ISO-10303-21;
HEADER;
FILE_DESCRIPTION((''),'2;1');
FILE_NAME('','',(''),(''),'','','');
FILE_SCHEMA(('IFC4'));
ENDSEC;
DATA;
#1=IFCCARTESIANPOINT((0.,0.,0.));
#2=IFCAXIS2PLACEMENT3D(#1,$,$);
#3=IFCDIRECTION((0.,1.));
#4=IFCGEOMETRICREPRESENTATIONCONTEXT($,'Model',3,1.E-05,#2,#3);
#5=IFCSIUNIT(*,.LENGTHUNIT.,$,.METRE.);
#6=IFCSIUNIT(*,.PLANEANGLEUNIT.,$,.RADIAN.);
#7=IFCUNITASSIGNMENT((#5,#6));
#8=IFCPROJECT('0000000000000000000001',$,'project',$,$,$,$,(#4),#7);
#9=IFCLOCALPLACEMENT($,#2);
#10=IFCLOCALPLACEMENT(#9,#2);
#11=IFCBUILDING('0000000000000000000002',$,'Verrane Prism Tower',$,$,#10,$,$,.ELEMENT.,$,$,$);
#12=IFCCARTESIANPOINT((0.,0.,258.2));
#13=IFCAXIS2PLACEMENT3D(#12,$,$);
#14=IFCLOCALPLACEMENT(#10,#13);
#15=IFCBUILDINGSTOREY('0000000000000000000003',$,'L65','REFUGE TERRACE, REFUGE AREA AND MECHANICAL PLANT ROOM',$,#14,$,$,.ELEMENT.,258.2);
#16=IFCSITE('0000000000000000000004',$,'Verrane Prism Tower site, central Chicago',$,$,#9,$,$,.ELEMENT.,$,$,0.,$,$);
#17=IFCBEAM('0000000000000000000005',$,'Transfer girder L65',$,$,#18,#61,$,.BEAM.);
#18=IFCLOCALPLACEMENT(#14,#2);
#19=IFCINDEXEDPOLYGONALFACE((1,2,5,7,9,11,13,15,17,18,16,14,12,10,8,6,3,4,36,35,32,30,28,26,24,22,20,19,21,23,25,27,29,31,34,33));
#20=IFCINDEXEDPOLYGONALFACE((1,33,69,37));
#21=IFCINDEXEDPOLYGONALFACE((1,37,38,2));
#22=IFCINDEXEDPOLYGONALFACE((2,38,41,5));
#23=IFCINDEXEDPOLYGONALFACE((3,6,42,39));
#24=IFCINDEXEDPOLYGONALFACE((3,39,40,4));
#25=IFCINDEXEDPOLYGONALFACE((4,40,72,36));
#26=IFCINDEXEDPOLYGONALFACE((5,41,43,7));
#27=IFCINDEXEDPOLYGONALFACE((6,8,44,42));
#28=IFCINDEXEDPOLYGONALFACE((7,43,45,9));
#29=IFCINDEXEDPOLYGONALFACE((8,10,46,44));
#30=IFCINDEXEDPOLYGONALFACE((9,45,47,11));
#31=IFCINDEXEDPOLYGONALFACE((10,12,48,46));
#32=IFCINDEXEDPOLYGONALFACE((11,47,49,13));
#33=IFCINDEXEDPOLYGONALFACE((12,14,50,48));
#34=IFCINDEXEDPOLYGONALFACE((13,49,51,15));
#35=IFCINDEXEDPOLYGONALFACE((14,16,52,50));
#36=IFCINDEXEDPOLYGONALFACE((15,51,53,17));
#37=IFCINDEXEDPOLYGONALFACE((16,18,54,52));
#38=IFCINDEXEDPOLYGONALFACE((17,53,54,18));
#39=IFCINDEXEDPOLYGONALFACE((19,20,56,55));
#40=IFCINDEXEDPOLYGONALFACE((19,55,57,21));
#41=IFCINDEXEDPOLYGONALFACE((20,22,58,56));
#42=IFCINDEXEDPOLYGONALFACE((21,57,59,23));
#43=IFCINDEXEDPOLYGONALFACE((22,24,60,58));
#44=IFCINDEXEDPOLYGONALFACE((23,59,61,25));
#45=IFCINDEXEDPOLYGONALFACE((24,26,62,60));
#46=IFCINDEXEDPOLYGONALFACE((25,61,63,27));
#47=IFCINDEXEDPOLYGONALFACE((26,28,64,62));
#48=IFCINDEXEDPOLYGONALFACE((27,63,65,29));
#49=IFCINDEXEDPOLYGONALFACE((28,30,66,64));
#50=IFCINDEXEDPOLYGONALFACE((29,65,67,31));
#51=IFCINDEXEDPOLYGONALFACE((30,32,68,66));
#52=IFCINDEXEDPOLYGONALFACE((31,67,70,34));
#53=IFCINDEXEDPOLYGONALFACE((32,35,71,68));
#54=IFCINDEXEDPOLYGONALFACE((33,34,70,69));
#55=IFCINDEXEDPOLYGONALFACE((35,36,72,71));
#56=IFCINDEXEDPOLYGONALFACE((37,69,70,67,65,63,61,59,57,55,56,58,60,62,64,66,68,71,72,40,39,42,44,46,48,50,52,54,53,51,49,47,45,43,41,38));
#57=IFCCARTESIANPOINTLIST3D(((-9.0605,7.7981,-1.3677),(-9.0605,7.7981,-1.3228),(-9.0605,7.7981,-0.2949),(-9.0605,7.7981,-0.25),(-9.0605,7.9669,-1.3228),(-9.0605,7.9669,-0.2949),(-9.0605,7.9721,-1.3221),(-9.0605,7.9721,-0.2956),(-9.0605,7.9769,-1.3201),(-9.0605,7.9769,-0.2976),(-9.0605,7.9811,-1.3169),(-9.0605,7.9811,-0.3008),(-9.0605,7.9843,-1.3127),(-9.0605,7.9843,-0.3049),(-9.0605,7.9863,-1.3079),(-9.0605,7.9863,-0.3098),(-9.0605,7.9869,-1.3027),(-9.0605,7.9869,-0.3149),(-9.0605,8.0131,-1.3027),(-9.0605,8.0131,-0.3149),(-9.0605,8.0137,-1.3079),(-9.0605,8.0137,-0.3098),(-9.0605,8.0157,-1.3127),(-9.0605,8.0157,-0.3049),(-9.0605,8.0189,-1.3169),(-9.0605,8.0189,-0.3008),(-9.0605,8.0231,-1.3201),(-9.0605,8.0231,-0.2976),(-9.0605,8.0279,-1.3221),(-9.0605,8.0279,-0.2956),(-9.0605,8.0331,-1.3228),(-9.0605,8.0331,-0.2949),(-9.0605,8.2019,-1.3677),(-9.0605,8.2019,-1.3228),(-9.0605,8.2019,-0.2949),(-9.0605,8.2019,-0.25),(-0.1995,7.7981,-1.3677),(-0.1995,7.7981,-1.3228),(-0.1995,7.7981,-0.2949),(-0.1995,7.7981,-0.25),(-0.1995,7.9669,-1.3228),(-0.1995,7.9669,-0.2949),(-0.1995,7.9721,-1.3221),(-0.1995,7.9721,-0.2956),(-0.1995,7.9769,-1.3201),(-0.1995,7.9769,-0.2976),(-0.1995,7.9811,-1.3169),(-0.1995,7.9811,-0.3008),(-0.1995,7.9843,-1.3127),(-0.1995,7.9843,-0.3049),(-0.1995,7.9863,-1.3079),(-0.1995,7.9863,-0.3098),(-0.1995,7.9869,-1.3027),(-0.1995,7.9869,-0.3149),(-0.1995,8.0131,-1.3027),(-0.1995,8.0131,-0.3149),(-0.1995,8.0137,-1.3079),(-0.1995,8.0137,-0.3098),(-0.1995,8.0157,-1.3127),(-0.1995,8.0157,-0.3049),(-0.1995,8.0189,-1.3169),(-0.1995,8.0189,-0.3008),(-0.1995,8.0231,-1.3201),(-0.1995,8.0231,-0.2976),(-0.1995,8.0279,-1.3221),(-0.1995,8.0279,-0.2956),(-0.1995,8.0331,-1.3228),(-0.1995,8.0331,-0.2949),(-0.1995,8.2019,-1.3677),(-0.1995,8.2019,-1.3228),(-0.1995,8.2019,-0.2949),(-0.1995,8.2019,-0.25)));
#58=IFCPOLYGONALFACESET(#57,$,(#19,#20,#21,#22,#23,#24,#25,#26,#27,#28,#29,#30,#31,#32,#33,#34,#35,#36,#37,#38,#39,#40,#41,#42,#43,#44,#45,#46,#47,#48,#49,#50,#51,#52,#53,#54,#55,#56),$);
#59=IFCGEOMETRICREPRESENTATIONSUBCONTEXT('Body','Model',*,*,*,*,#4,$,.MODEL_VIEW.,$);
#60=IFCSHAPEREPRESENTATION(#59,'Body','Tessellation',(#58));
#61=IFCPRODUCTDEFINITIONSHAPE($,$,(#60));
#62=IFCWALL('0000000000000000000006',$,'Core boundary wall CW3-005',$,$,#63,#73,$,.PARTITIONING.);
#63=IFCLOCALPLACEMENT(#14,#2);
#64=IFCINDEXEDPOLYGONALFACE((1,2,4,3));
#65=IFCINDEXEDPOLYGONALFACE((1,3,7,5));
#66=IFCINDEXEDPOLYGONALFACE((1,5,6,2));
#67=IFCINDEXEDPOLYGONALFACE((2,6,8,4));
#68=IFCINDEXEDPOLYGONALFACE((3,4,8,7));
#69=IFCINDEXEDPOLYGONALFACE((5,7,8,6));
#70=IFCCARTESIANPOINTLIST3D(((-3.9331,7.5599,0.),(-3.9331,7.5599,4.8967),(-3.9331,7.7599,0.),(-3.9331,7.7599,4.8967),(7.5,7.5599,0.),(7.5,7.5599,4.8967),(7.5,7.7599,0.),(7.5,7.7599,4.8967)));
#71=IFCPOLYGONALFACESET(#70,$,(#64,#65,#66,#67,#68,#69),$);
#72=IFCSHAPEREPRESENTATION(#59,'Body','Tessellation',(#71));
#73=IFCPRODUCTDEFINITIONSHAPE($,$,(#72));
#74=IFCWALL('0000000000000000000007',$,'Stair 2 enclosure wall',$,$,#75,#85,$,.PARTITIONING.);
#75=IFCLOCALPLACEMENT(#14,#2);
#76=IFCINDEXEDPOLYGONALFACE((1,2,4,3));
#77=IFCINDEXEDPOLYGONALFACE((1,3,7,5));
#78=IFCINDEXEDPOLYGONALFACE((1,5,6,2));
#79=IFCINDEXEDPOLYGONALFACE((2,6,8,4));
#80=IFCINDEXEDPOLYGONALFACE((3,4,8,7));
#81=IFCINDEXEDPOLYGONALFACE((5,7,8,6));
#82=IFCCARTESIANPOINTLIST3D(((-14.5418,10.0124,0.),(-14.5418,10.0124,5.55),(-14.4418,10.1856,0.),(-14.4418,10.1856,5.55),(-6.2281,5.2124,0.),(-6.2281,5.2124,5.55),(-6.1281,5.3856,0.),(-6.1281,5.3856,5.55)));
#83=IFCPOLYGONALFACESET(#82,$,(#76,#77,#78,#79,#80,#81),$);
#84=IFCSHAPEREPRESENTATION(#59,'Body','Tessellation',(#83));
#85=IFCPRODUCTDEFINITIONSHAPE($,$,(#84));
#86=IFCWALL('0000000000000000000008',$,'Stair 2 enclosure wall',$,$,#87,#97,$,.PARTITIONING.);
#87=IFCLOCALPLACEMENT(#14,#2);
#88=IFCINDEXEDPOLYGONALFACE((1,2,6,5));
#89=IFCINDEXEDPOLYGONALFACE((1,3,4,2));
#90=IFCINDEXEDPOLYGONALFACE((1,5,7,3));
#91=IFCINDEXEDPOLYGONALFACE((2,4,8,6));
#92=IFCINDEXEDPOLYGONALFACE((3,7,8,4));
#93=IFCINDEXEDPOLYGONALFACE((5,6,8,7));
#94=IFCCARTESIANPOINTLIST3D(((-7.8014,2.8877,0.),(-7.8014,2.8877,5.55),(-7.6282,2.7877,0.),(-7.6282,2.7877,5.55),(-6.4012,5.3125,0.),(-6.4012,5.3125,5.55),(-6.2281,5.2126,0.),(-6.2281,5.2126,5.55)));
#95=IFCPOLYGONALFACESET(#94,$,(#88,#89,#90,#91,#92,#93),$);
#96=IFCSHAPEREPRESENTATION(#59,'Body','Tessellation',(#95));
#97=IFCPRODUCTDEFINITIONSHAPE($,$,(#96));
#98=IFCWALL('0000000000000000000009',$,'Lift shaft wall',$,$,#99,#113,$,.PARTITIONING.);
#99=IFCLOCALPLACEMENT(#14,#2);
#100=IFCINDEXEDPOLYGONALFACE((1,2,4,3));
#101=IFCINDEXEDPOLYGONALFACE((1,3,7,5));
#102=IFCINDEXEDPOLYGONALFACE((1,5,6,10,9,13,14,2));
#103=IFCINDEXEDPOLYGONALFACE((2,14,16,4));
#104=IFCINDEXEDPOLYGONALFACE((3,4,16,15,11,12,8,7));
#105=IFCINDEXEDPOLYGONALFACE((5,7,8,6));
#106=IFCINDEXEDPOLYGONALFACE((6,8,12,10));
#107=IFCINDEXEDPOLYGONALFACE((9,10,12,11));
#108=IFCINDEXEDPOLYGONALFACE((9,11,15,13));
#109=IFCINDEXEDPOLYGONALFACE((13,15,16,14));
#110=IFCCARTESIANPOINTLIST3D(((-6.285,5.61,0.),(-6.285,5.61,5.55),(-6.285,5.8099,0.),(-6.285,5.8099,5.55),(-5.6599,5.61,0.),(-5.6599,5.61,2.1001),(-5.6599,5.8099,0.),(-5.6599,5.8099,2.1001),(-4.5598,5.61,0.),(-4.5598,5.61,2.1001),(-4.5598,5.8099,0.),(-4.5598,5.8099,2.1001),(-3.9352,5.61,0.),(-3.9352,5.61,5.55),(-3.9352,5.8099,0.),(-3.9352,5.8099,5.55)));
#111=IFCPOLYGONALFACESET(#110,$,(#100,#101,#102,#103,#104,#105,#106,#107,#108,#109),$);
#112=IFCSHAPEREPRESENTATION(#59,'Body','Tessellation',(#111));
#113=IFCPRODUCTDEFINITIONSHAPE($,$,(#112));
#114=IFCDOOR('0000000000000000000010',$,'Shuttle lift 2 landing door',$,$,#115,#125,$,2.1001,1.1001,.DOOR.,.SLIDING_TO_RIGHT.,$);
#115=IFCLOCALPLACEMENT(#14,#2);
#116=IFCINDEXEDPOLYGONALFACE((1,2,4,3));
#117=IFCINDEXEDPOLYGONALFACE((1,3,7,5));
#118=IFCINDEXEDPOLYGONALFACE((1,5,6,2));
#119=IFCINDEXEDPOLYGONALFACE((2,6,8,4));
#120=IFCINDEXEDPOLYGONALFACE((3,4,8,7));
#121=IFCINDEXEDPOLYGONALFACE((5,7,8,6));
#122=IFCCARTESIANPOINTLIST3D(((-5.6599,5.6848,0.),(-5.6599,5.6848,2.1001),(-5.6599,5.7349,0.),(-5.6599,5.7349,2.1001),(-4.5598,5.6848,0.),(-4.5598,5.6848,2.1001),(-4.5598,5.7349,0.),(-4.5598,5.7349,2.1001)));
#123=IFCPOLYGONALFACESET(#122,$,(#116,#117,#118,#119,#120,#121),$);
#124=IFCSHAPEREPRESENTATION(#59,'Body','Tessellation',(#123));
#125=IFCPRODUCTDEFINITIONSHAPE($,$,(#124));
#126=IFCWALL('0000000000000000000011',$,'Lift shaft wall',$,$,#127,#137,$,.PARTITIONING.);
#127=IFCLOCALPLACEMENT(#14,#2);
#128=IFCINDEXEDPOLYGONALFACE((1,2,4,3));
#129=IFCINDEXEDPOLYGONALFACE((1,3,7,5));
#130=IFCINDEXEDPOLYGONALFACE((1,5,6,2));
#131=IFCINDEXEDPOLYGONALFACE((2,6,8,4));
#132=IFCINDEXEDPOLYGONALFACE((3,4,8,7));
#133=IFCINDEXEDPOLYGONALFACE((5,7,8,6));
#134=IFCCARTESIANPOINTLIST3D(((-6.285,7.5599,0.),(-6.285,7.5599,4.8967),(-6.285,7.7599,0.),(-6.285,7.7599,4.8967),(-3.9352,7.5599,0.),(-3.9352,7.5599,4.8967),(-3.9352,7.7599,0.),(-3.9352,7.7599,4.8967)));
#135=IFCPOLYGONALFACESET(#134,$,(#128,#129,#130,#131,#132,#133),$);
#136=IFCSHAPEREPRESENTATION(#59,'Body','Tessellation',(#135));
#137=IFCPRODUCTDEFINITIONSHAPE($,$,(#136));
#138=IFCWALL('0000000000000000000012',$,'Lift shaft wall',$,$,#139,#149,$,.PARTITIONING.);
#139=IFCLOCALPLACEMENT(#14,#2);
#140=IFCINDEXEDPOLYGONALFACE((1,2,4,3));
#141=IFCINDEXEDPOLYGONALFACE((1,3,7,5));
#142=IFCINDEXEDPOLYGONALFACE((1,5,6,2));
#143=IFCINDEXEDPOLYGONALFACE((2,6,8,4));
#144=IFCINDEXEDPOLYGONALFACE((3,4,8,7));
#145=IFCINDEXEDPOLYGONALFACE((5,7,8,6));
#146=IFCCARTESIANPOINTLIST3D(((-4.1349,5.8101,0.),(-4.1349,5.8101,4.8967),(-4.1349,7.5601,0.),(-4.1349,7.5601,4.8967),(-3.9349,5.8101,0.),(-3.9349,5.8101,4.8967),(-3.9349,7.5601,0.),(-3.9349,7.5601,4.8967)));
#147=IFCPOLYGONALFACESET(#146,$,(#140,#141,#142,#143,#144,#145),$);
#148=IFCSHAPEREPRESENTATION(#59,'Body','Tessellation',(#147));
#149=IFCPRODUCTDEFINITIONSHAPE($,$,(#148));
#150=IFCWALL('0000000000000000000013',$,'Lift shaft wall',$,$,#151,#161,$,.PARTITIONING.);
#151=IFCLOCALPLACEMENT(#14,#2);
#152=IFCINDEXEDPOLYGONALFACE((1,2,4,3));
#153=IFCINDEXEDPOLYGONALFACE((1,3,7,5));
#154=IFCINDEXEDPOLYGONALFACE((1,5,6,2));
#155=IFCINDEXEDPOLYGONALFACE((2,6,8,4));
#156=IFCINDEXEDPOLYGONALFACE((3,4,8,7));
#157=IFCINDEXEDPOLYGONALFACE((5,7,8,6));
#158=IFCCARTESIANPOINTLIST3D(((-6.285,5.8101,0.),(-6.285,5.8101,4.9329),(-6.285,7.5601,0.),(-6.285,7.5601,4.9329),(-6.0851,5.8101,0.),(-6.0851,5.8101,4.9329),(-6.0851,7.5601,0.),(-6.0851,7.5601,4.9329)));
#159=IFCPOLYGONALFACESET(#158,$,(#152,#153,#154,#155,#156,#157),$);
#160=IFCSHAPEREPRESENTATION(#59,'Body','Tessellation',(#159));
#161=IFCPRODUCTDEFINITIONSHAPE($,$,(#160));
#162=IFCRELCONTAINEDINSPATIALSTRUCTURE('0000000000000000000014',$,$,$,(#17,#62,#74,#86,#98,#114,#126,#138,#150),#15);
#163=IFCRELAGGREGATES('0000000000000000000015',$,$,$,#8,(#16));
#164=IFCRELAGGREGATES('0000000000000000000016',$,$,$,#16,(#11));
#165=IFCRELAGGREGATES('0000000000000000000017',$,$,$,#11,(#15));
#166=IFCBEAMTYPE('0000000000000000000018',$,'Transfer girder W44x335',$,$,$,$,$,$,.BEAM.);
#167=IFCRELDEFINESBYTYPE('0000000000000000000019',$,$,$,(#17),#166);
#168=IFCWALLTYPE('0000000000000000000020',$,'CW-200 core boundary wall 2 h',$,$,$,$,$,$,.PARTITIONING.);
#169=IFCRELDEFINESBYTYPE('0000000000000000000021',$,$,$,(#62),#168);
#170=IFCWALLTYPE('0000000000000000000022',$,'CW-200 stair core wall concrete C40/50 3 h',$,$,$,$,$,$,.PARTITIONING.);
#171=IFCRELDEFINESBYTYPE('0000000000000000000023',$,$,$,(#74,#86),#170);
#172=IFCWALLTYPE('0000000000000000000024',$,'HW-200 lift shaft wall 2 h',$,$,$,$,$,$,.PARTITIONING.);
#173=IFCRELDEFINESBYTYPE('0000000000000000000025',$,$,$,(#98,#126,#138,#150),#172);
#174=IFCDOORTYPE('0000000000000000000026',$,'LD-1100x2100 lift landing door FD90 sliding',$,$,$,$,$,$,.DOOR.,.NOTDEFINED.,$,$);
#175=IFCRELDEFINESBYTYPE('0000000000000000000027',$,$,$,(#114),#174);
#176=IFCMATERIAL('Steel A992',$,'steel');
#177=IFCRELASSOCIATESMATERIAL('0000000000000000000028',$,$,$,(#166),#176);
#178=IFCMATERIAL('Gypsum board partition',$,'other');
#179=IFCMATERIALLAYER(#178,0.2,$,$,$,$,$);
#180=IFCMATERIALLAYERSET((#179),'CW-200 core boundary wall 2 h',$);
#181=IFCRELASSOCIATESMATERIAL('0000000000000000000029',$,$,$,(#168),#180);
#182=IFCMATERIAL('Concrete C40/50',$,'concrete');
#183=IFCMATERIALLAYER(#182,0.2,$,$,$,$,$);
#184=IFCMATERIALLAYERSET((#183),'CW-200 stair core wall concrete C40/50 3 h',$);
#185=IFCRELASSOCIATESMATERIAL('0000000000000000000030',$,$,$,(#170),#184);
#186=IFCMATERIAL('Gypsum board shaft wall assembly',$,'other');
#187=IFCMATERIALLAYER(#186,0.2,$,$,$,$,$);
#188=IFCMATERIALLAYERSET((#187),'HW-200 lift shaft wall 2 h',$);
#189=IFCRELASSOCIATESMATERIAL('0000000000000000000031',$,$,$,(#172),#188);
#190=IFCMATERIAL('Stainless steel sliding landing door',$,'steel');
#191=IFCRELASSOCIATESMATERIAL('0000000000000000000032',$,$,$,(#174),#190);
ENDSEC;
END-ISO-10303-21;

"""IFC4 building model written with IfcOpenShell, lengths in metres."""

from ifc_helpers import new_model, si_unit, direction, frame, frame_2d, origin, origin_2d, place, context, subcontext, project, spatial, rectangle, i_section, extrude, material, layer, layer_set, material_profile, profile_set, type_object, element, fill, save


model = new_model("IFC4")

# Units and contexts
model_context = context("Model", 3, precision=1e-05, world=origin(), true_north=direction((0.0, 1.0)))
body_context = subcontext(model_context, "Body", "Model", "MODEL_VIEW")
ifc_project = project(units=[si_unit("LENGTHUNIT", "METRE"), si_unit("PLANEANGLEUNIT", "RADIAN")], contexts=[model_context])

# Site, building, storey
site_placement = place(None, origin())
site = spatial("IfcSite", under=ifc_project, at=site_placement, Name="Verrane Prism Tower site, central Chicago", CompositionType="ELEMENT", RefElevation=0.0)
building_placement = place(site_placement, origin())
building = spatial("IfcBuilding", under=site, at=building_placement, Name="Verrane Prism Tower", CompositionType="ELEMENT")
storey_placement = place(building_placement, frame((0.0, 0.0, 258.2)))
storey = spatial("IfcBuildingStorey", under=building, at=storey_placement, Name="L65", Description="REFUGE TERRACE, REFUGE AREA AND MECHANICAL PLANT ROOM", CompositionType="ELEMENT", Elevation=258.2)

# Beam
ifc_material_1 = material(Name="Steel A992", Category="steel")
ifc_material_profile_1 = material_profile(ifc_material_1, i_section(OverallWidth=0.4038, OverallDepth=1.1177, WebThickness=0.0261, FlangeThickness=0.0449, FilletRadius=0.02, at=origin_2d()), Name="W44x335")
ifc_profile_set_1 = profile_set([ifc_material_profile_1], Name="Steel A992")
beam_type = type_object("IfcBeamType", Name="Transfer girder W44x335", PredefinedType="BEAM", material=ifc_profile_set_1)
beam_placement = place(storey_placement, frame((-0.1995, 8.0, -0.8088), z_axis=(-1.0, 0.0, 0.0), x_axis=(0.0, -1.0, 0.0)))
element("IfcBeam", 1, at=beam_placement, inside=storey, type_object=beam_type, Name="Transfer girder L65", PredefinedType="BEAM", context=body_context, shape_type="SweptSolid", body=[
    extrude(i_section(OverallWidth=0.4038, OverallDepth=1.1177, WebThickness=0.0261, FlangeThickness=0.0449, FilletRadius=0.02, at=origin_2d()), origin(), (0.0, 0.0, 1.0), 8.8611),
])

# Walls
ifc_material_2 = material(Name="Gypsum board partition", Category="other")
ifc_layer_1 = layer(ifc_material_2, 0.2)
ifc_layer_set_1 = layer_set([ifc_layer_1], Name="CW-200 core boundary wall 2 h")
wall_type_1 = type_object("IfcWallType", Name="CW-200 core boundary wall 2 h", PredefinedType="PARTITIONING", material=ifc_layer_set_1)
wall_1_placement = place(storey_placement, frame((-3.9331, 7.6599, 0.0), z_axis=(0.0, 0.0, 1.0), x_axis=(1.0, 0.0, 0.0)))
element("IfcWall", 2, at=wall_1_placement, inside=storey, type_object=wall_type_1, Name="Core boundary wall CW3-005", PredefinedType="PARTITIONING", context=body_context, shape_type="SweptSolid", body=[
    extrude(rectangle(XDim=11.4331, YDim=0.2, at=frame_2d((5.7166, 0.0))), origin(), (0.0, 0.0, 1.0), 4.8967),
])
ifc_material_3 = material(Name="Concrete C40/50", Category="concrete")
ifc_layer_2 = layer(ifc_material_3, 0.2)
ifc_layer_set_2 = layer_set([ifc_layer_2], Name="CW-200 stair core wall concrete C40/50 3 h")
wall_type_2 = type_object("IfcWallType", Name="CW-200 stair core wall concrete C40/50 3 h", PredefinedType="PARTITIONING", material=ifc_layer_set_2)
wall_2_placement = place(storey_placement, frame((-6.1782, 5.2991, 0.0), z_axis=(0.0, 0.0, 1.0), x_axis=(-0.86602, 0.500009, 0.0)))
element("IfcWall", 3, at=wall_2_placement, inside=storey, type_object=wall_type_2, Name="Stair 2 enclosure wall", PredefinedType="PARTITIONING", context=body_context, shape_type="SweptSolid", body=[
    extrude(rectangle(XDim=9.5999, YDim=0.2, at=frame_2d((4.7998, 0.0))), origin(), (0.0, 0.0, 1.0), 5.55),
])
wall_3_placement = place(storey_placement, frame((-6.3147, 5.2625, 0.0), z_axis=(0.0, 0.0, 1.0), x_axis=(-0.50005, -0.865997, 0.0)))
element("IfcWall", 4, at=wall_3_placement, inside=storey, type_object=wall_type_2, Name="Stair 2 enclosure wall", PredefinedType="PARTITIONING", context=body_context, shape_type="SweptSolid", body=[
    extrude(rectangle(XDim=2.8, YDim=0.2, at=frame_2d((1.3999, 0.0))), origin(), (0.0, 0.0, 1.0), 5.55),
])

# Wall, opening, door
ifc_material_4 = material(Name="Gypsum board shaft wall assembly", Category="other")
ifc_layer_3 = layer(ifc_material_4, 0.2)
ifc_layer_set_3 = layer_set([ifc_layer_3], Name="HW-200 lift shaft wall 2 h")
wall_type_3 = type_object("IfcWallType", Name="HW-200 lift shaft wall 2 h", PredefinedType="PARTITIONING", material=ifc_layer_set_3)
wall_4_placement = place(storey_placement, frame((-6.2849, 5.71, 0.0), z_axis=(0.0, 0.0, 1.0), x_axis=(1.0, 0.0, 0.0)))
wall_4 = element("IfcWall", 5, at=wall_4_placement, inside=storey, type_object=wall_type_3, Name="Lift shaft wall", PredefinedType="PARTITIONING", context=body_context, shape_type="SweptSolid", body=[
    extrude(rectangle(XDim=2.3499, YDim=0.2, at=frame_2d((1.1748, 0.0))), origin(), (0.0, 0.0, 1.0), 5.55),
])
opening_1_placement = place(wall_4_placement, frame((0.625, 0.0, 0.0)))
opening_1 = element("IfcOpeningElement", 6, at=opening_1_placement, cuts=wall_4, PredefinedType="OPENING", context=body_context, shape_type="SweptSolid", body=[
    extrude(rectangle(XDim=1.1001, YDim=2.1001, at=frame_2d((0.55, 1.05))), frame((0.0, 0.1099, 0.0), z_axis=(0.0, -1.0, 0.0), x_axis=(1.0, 0.0, 0.0)), (0.0, 0.0, 1.0), 0.22),
])
ifc_material_5 = material(Name="Stainless steel sliding landing door", Category="steel")
door_type_1 = type_object("IfcDoorType", Name="LD-1100x2100 lift landing door FD90 sliding", OperationType="NOTDEFINED", PredefinedType="DOOR", material=ifc_material_5)
door_1_placement = place(opening_1_placement, origin())
door_1 = element("IfcDoor", 7, at=door_1_placement, inside=storey, type_object=door_type_1, Name="Shuttle lift 2 landing door", OperationType="SLIDING_TO_RIGHT", OverallHeight=2.1001, OverallWidth=1.1001, PredefinedType="DOOR", context=body_context, shape_type="SweptSolid", body=[
    extrude(rectangle(XDim=1.1001, YDim=2.1001, at=frame_2d((0.55, 1.05))), frame((0.0, 0.0249, 0.0), z_axis=(0.0, -1.0, 0.0), x_axis=(1.0, 0.0, 0.0)), (0.0, 0.0, 1.0), 0.05),
])
fill(opening_1, door_1)

# Walls
wall_5_placement = place(storey_placement, frame((-6.2849, 7.6599, 0.0), z_axis=(0.0, 0.0, 1.0), x_axis=(1.0, 0.0, 0.0)))
element("IfcWall", 8, at=wall_5_placement, inside=storey, type_object=wall_type_3, Name="Lift shaft wall", PredefinedType="PARTITIONING", context=body_context, shape_type="SweptSolid", body=[
    extrude(rectangle(XDim=2.3499, YDim=0.2, at=frame_2d((1.1748, 0.0))), origin(), (0.0, 0.0, 1.0), 4.8967),
])
wall_6_placement = place(storey_placement, frame((-4.0349, 5.8101, 0.0), z_axis=(0.0, 0.0, 1.0), x_axis=(0.0, 1.0, 0.0)))
element("IfcWall", 9, at=wall_6_placement, inside=storey, type_object=wall_type_3, Name="Lift shaft wall", PredefinedType="PARTITIONING", context=body_context, shape_type="SweptSolid", body=[
    extrude(rectangle(XDim=1.75, YDim=0.2, at=frame_2d((0.875, 0.0))), origin(), (0.0, 0.0, 1.0), 4.8967),
])
wall_7_placement = place(storey_placement, frame((-6.1851, 5.8101, 0.0), z_axis=(0.0, 0.0, 1.0), x_axis=(0.0, 1.0, 0.0)))
element("IfcWall", 10, at=wall_7_placement, inside=storey, type_object=wall_type_3, Name="Lift shaft wall", PredefinedType="PARTITIONING", context=body_context, shape_type="SweptSolid", body=[
    extrude(rectangle(XDim=1.75, YDim=0.2, at=frame_2d((0.875, 0.0))), origin(), (0.0, 0.0, 1.0), 4.9329),
])

save(model, "model.ifc")
